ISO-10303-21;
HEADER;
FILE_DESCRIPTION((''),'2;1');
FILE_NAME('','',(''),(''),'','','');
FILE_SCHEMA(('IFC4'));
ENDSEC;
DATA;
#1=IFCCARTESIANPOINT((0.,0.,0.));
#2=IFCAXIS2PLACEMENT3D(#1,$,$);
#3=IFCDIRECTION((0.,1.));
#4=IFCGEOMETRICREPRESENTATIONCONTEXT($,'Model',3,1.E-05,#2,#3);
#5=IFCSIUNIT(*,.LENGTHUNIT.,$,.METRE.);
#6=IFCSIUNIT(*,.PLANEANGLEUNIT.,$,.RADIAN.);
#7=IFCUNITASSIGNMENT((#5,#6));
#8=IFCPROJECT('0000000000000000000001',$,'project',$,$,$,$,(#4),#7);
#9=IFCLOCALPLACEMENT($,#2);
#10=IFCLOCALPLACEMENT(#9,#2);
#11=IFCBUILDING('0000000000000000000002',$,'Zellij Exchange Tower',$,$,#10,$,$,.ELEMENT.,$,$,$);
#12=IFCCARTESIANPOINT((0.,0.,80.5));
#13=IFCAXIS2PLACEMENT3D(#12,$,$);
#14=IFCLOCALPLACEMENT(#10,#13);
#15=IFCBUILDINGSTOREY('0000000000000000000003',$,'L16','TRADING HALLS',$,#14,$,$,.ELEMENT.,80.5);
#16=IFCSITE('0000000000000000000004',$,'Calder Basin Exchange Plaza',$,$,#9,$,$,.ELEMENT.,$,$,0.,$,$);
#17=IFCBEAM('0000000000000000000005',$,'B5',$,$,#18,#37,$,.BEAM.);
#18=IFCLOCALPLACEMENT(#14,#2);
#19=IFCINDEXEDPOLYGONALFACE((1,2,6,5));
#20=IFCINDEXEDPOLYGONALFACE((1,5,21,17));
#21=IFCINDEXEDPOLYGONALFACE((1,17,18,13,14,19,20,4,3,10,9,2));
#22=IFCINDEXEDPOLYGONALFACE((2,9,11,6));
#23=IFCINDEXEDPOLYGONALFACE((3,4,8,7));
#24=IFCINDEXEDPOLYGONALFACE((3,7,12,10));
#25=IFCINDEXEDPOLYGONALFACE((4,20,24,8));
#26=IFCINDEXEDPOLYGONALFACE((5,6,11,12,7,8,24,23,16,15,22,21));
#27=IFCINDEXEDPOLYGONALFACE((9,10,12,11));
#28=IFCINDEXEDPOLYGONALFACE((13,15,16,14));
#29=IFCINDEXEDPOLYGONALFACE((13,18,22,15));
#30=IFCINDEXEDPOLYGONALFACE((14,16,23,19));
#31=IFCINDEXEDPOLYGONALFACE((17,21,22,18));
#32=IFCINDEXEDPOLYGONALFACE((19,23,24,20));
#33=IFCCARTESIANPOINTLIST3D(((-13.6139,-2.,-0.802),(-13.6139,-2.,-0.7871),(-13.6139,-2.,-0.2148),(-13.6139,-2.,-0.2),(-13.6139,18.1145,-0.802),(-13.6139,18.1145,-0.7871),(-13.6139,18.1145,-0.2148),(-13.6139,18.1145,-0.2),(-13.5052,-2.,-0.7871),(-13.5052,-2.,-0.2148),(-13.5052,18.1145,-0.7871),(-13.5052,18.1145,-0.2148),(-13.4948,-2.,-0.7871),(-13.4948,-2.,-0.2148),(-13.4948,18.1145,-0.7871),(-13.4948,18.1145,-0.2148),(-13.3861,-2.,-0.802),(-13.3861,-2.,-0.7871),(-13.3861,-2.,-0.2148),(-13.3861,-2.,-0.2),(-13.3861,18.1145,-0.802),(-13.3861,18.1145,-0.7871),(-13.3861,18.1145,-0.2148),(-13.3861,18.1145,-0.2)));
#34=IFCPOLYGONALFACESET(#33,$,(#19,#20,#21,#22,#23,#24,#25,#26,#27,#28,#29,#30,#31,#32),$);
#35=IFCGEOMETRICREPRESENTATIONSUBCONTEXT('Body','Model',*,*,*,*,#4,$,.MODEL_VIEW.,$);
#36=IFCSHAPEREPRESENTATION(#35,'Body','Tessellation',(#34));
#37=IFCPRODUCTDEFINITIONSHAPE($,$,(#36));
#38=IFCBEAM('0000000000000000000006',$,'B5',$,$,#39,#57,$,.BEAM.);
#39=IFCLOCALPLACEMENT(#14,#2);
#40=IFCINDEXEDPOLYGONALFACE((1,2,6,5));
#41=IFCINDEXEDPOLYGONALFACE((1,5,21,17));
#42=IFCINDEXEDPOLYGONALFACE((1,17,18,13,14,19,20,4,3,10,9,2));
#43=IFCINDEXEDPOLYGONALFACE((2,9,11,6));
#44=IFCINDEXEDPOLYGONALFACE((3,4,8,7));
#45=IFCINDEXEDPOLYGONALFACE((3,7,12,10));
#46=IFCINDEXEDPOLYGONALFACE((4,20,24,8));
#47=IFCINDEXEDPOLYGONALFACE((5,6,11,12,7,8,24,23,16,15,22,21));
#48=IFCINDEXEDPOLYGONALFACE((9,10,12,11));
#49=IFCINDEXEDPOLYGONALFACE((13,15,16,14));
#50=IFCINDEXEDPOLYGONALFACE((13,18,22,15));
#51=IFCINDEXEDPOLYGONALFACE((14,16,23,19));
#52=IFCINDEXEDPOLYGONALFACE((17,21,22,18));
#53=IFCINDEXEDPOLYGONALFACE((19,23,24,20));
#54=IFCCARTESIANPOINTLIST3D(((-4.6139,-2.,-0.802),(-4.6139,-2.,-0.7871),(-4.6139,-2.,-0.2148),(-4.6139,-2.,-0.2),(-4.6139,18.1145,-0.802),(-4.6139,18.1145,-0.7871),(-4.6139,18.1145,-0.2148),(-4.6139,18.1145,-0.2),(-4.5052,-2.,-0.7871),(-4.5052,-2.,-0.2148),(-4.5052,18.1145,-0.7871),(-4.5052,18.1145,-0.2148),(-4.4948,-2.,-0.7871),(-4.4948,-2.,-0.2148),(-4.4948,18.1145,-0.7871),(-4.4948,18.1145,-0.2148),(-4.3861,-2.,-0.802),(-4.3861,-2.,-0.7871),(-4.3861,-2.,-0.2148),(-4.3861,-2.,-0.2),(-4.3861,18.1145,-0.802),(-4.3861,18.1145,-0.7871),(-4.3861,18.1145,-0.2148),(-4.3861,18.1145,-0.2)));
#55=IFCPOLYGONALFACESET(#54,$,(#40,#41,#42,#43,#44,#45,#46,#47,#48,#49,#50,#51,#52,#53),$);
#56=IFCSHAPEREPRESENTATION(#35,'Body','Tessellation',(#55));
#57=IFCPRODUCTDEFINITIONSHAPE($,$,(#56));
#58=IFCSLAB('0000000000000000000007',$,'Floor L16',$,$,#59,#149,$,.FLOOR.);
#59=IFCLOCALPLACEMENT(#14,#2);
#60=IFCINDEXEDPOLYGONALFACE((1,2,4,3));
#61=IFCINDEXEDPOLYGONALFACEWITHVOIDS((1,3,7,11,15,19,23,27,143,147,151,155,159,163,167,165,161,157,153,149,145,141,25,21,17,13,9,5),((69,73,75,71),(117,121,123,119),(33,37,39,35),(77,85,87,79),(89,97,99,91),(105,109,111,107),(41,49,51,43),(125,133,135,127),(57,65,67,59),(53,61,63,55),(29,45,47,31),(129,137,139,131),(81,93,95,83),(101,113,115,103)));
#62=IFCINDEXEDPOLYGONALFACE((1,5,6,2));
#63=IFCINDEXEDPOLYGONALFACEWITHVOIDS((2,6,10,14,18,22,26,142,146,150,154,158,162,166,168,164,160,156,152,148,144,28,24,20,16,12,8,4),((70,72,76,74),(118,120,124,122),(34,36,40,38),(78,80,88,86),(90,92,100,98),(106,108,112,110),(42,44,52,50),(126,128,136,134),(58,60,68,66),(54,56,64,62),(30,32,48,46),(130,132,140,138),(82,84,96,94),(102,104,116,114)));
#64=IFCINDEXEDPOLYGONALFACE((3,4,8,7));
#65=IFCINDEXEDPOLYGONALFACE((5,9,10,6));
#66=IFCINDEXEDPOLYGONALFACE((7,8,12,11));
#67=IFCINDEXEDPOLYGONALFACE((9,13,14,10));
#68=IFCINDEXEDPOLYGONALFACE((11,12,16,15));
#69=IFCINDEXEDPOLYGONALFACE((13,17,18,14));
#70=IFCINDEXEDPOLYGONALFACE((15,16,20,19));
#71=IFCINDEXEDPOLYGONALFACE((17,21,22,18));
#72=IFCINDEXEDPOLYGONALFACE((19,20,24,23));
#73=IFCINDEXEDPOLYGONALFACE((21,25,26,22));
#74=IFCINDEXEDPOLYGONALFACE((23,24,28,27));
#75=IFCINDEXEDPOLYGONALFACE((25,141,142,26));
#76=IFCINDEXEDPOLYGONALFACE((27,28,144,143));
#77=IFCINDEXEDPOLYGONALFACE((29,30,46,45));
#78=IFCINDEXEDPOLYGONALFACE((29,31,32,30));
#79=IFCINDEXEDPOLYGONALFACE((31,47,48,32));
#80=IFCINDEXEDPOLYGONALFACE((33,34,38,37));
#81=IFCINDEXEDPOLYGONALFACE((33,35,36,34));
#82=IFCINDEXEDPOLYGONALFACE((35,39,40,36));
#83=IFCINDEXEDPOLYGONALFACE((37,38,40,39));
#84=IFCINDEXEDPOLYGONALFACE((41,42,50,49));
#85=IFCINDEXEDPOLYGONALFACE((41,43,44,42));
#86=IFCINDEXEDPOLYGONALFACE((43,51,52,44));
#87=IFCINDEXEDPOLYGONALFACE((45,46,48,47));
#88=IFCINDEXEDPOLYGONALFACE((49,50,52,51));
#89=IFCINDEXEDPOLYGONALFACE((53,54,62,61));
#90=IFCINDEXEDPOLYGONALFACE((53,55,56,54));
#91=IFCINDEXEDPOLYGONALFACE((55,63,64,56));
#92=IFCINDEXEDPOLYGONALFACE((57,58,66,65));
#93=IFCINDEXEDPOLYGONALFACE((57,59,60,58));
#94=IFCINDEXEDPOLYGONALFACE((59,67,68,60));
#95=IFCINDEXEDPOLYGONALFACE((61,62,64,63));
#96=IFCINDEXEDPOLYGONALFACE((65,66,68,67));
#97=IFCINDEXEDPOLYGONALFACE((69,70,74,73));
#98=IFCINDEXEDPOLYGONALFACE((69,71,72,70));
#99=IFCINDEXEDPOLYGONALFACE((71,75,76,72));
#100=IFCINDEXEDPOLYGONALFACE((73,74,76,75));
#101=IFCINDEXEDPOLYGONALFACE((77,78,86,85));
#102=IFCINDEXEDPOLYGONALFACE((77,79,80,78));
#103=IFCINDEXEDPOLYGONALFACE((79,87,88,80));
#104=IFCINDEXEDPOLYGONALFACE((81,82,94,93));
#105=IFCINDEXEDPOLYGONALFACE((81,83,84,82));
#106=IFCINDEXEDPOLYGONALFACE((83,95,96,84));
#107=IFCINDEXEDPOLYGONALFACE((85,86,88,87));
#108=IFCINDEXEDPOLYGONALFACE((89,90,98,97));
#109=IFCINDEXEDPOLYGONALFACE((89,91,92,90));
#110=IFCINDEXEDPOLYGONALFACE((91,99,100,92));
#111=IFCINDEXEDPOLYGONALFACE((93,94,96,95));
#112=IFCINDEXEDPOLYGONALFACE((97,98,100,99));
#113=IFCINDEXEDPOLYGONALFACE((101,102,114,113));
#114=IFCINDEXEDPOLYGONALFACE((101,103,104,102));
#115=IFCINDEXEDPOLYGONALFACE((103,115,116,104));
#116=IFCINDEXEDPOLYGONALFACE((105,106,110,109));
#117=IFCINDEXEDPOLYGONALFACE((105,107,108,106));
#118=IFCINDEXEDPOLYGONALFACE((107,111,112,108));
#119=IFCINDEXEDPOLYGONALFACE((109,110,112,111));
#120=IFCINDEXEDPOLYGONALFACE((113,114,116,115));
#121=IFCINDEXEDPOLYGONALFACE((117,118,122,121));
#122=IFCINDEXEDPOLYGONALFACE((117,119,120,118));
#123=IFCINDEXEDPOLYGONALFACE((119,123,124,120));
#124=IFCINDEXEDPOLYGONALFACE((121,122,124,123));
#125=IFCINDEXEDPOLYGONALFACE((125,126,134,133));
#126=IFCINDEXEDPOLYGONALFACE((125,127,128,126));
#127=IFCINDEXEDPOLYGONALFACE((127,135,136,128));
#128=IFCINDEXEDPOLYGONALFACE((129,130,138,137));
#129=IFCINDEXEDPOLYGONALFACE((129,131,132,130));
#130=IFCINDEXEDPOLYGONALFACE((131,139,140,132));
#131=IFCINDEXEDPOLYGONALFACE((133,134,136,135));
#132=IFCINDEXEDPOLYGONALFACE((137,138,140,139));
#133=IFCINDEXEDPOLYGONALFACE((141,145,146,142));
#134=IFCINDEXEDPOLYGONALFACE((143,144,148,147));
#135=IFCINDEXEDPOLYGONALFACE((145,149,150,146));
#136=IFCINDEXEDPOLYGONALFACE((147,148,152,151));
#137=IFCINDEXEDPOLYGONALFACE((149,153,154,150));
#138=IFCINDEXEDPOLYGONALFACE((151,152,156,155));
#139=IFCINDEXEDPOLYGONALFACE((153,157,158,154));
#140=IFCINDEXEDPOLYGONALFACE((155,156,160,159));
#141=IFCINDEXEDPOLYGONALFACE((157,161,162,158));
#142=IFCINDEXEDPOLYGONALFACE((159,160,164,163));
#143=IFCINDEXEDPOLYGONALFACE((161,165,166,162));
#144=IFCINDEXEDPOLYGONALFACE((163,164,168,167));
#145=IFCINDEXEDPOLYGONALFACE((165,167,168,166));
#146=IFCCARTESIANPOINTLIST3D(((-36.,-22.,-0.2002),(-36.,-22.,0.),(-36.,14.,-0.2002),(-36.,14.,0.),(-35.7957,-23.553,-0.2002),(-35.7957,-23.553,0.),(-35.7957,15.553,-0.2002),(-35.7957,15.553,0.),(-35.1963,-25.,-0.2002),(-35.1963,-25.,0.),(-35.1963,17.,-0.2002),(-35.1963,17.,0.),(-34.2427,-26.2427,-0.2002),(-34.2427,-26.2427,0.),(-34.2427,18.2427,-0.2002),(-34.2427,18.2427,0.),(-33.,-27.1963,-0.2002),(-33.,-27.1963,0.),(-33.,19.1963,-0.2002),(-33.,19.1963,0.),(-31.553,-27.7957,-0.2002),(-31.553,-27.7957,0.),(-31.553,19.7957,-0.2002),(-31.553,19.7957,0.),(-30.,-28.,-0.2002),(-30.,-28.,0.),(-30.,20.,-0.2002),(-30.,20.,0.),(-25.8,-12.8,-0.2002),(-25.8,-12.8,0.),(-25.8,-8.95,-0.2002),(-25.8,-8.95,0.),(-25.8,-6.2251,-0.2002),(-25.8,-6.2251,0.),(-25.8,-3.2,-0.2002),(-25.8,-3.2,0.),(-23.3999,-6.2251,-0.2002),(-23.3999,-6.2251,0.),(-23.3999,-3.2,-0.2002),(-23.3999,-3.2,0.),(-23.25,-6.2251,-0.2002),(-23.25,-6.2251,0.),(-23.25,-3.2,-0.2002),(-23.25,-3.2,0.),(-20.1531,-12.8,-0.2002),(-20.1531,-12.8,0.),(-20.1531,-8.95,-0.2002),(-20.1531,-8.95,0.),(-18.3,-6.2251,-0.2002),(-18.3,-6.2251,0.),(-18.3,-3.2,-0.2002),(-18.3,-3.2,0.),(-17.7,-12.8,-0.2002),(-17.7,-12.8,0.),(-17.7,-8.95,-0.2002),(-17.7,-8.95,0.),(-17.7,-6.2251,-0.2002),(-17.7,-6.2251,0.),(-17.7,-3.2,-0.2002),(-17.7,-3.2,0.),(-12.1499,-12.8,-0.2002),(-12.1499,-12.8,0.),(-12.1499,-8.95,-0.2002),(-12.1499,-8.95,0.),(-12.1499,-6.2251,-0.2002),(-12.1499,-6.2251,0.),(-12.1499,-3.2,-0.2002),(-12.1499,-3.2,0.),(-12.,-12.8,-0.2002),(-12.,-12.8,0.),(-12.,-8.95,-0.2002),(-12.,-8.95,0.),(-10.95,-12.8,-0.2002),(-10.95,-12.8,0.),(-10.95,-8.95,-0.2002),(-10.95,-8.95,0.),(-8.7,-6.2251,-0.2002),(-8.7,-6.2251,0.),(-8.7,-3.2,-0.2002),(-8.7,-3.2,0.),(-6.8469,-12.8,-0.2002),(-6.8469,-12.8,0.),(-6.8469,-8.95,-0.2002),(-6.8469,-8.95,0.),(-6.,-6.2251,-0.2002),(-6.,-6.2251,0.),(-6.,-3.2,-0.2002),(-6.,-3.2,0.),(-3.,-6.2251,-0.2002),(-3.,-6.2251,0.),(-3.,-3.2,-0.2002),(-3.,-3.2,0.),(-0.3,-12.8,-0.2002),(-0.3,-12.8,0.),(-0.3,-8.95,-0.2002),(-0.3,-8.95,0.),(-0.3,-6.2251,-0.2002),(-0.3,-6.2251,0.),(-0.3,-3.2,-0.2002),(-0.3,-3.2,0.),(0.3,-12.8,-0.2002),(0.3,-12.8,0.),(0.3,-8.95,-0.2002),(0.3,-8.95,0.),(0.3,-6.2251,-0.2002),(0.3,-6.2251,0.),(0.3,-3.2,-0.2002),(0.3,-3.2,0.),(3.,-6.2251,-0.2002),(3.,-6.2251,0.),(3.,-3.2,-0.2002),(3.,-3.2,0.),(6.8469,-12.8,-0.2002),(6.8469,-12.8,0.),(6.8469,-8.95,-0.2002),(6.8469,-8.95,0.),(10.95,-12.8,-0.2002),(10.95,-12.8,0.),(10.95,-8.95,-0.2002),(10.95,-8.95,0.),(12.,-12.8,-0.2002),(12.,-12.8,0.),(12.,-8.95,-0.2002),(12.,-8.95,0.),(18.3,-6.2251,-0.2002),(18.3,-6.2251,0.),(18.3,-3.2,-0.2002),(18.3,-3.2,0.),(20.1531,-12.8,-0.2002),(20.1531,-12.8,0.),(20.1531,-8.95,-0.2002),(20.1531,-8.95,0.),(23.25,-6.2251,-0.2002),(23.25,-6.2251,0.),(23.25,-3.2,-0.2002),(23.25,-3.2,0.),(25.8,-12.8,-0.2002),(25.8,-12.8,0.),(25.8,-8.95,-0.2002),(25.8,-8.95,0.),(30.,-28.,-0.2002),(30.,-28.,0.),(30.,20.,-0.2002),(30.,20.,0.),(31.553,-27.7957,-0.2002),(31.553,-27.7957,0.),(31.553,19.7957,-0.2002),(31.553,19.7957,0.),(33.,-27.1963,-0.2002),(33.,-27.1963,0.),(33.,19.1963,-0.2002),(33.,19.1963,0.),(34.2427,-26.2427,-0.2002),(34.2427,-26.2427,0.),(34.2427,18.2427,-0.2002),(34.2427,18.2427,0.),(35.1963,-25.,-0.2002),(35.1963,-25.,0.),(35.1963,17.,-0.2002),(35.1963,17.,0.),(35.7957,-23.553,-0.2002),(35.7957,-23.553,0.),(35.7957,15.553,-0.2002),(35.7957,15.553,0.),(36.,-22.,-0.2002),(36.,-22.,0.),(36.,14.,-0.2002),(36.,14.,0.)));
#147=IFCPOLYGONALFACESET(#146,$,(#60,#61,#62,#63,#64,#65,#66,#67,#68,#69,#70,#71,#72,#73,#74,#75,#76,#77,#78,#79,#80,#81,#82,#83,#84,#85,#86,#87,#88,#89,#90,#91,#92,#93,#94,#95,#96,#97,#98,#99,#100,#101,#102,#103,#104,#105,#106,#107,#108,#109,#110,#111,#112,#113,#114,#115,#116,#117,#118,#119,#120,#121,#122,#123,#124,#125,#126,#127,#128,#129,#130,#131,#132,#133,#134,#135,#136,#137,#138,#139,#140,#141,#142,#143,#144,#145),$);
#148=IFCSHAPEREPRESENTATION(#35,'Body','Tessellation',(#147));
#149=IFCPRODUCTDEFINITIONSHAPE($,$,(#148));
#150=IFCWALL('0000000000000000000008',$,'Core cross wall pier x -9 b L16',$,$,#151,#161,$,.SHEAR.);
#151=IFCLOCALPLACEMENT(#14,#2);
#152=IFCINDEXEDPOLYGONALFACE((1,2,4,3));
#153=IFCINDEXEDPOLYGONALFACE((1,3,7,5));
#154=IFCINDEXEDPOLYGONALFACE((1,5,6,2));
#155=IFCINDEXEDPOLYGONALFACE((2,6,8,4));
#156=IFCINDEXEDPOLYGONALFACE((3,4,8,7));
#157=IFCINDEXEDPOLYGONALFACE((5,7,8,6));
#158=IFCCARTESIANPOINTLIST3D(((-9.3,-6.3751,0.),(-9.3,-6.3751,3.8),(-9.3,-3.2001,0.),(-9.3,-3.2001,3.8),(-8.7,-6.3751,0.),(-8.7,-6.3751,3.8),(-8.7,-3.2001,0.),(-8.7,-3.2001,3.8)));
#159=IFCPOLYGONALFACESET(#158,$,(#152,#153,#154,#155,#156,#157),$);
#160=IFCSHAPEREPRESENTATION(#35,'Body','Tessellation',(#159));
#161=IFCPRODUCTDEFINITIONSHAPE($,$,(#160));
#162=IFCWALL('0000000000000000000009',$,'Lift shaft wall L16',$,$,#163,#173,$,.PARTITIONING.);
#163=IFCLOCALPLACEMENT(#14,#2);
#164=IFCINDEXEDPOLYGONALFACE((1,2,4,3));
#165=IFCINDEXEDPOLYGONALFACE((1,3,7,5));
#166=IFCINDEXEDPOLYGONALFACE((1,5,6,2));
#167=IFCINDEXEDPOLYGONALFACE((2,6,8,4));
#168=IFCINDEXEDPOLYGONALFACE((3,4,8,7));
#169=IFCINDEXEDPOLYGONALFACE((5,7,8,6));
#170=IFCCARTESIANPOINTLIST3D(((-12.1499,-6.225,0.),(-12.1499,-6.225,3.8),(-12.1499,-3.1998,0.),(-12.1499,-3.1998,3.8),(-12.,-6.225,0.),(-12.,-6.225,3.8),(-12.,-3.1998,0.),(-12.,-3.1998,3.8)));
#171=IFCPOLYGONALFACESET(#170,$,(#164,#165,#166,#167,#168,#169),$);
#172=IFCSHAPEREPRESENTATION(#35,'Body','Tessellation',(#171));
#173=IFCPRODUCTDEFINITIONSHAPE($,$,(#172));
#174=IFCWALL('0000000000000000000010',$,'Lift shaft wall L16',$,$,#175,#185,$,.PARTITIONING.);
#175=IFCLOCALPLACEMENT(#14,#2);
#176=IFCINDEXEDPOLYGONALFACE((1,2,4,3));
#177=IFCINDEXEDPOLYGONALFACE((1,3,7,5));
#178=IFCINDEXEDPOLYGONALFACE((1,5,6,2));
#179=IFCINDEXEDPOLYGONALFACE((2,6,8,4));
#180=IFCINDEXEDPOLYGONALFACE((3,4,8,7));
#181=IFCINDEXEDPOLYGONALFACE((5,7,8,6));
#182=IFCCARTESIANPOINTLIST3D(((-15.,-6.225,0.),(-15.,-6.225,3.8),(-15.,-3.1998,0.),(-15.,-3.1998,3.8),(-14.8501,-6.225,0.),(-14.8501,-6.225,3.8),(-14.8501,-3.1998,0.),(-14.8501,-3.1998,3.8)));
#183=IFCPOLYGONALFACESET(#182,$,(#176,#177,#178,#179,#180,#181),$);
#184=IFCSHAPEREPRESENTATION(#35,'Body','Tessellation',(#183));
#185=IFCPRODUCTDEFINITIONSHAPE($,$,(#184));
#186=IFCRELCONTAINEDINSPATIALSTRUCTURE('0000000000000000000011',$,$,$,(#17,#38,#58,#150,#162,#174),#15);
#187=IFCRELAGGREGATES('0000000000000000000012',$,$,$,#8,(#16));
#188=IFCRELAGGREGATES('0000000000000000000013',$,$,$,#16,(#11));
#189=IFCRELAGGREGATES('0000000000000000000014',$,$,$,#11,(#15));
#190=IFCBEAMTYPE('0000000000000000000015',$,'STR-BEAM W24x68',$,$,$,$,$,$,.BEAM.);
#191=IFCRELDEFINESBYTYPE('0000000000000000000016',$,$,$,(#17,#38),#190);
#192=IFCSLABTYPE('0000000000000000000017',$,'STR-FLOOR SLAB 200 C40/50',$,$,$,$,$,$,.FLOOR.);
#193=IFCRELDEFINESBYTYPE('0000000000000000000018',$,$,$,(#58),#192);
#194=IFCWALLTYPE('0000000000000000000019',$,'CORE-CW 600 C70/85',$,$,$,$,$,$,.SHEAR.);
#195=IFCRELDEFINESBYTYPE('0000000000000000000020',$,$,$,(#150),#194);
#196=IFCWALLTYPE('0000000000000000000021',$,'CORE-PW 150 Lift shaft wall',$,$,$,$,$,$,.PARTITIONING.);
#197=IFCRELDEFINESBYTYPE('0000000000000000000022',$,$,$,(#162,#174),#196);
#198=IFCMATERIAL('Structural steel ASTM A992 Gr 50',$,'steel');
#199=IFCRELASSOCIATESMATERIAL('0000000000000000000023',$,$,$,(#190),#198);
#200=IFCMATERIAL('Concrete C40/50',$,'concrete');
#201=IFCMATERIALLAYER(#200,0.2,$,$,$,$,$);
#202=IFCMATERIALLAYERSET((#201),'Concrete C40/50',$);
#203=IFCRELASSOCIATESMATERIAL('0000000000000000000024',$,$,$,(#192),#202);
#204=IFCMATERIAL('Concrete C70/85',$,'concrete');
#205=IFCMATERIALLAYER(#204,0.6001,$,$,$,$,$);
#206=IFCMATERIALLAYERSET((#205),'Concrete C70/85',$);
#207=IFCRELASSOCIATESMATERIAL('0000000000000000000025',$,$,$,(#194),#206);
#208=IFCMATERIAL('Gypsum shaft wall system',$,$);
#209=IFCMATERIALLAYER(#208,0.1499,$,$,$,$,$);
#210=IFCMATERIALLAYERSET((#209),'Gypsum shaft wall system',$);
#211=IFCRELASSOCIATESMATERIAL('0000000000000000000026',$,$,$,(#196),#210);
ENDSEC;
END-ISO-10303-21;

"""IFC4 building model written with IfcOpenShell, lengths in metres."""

from ifc_helpers import new_model, si_unit, direction, frame, frame_2d, origin, origin_2d, place, context, subcontext, project, spatial, polyline, rectangle, i_section, outline, extrude, material, layer, layer_set, material_profile, profile_set, type_object, element, save


model = new_model("IFC4")

# Units and contexts
model_context = context("Model", 3, precision=1e-05, world=origin(), true_north=direction((0.0, 1.0)))
body_context = subcontext(model_context, "Body", "Model", "MODEL_VIEW")
ifc_project = project(units=[si_unit("LENGTHUNIT", "METRE"), si_unit("PLANEANGLEUNIT", "RADIAN")], contexts=[model_context])

# Site, building, storey
site_placement = place(None, origin())
site = spatial("IfcSite", under=ifc_project, at=site_placement, Name="Calder Basin Exchange Plaza", CompositionType="ELEMENT", RefElevation=0.0)
building_placement = place(site_placement, origin())
building = spatial("IfcBuilding", under=site, at=building_placement, Name="Zellij Exchange Tower", CompositionType="ELEMENT")
storey_placement = place(building_placement, frame((0.0, 0.0, 80.5)))
storey = spatial("IfcBuildingStorey", under=building, at=storey_placement, Name="L16", Description="TRADING HALLS", CompositionType="ELEMENT", Elevation=80.5)

# Beams
ifc_material_1 = material(Name="Structural steel ASTM A992 Gr 50", Category="steel")
ifc_material_profile = material_profile(ifc_material_1, i_section(OverallWidth=0.2278, OverallDepth=0.6021, WebThickness=0.0105, FlangeThickness=0.0149, at=origin_2d()), Name="W24x68")
ifc_profile_set = profile_set([ifc_material_profile], Name="Structural steel ASTM A992 Gr 50")
beam_type = type_object("IfcBeamType", Name="STR-BEAM W24x68", PredefinedType="BEAM", material=ifc_profile_set)
for number, where, z_axis, x_axis, name in (
    (1, (-13.5, -2.0, -0.501), (0.0, 1.0, 0.0), (-1.0, 0.0, 0.0), "B5"),
    (2, (-4.5, -2.0, -0.501), (0.0, 1.0, 0.0), (-1.0, 0.0, 0.0), "B5"),
):
    element("IfcBeam", number, at=place(storey_placement, frame(where, z_axis=z_axis, x_axis=x_axis)), inside=storey, type_object=beam_type, Name=name, PredefinedType="BEAM", context=body_context, shape_type="SweptSolid", body=[
        extrude(i_section(OverallWidth=0.2278, OverallDepth=0.6021, WebThickness=0.0105, FlangeThickness=0.0149, at=origin_2d()), origin(), (0.0, 0.0, 1.0), 20.1145),
    ])

# Slab
ifc_material_2 = material(Name="Concrete C40/50", Category="concrete")
ifc_layer_1 = layer(ifc_material_2, 0.2)
ifc_layer_set_1 = layer_set([ifc_layer_1], Name="Concrete C40/50")
slab_type = type_object("IfcSlabType", Name="STR-FLOOR SLAB 200 C40/50", PredefinedType="FLOOR", material=ifc_layer_set_1)
slab_placement = place(storey_placement, frame((0.0, 0.0, -0.2002)))
element("IfcSlab", 3, at=slab_placement, inside=storey, type_object=slab_type, Name="Floor L16", PredefinedType="FLOOR", context=body_context, shape_type="SweptSolid", body=[
    extrude(outline(polyline([(-30.0, -28.0), (-31.553, -27.7957), (-33.0, -27.1963), (-34.2427, -26.2427), (-35.1963, -25.0), (-35.7957, -23.553), (-36.0, -22.0), (-36.0, 14.0), (-35.7957, 15.553), (-35.1963, 17.0), (-34.2427, 18.2427), (-33.0, 19.1963), (-31.553, 19.7957), (-30.0, 20.0), (30.0, 20.0), (31.553, 19.7957), (33.0, 19.1963), (34.2427, 18.2427), (35.1963, 17.0), (35.7957, 15.553), (36.0, 14.0), (36.0, -22.0), (35.7957, -23.553), (35.1963, -25.0), (34.2427, -26.2427), (33.0, -27.1963), (31.553, -27.7957), (30.0, -28.0), (-30.0, -28.0)]), holes=[polyline([(-25.8, -8.95), (-25.8, -12.8), (-20.1531, -12.8), (-20.1531, -8.95), (-25.8, -8.95)]), polyline([(-12.1499, -8.95), (-17.7, -8.95), (-17.7, -12.8), (-12.1499, -12.8), (-12.1499, -8.95)]), polyline([(-10.95, -8.95), (-12.0, -8.95), (-12.0, -12.8), (-10.95, -12.8), (-10.95, -8.95)]), polyline([(-23.3999, -3.2), (-25.8, -3.2), (-25.8, -6.2251), (-23.3999, -6.2251), (-23.3999, -3.2)]), polyline([(-18.3, -3.2), (-23.25, -3.2), (-23.25, -6.2251), (-18.3, -6.2251), (-18.3, -3.2)]), polyline([(-12.1499, -3.2), (-17.7, -3.2), (-17.7, -6.2251), (-12.1499, -6.2251), (-12.1499, -3.2)]), polyline([(-6.0, -3.2), (-8.7, -3.2), (-8.7, -6.2251), (-6.0, -6.2251), (-6.0, -3.2)]), polyline([(-6.8469, -8.95), (-6.8469, -12.8), (-0.3, -12.8), (-0.3, -8.95), (-6.8469, -8.95)]), polyline([(6.8469, -8.95), (0.3, -8.95), (0.3, -12.8), (6.8469, -12.8), (6.8469, -8.95)]), polyline([(12.0, -8.95), (10.95, -8.95), (10.95, -12.8), (12.0, -12.8), (12.0, -8.95)]), polyline([(25.8, -8.95), (20.1531, -8.95), (20.1531, -12.8), (25.8, -12.8), (25.8, -8.95)]), polyline([(-0.3, -3.2), (-3.0, -3.2), (-3.0, -6.2251), (-0.3, -6.2251), (-0.3, -3.2)]), polyline([(3.0, -3.2), (0.3, -3.2), (0.3, -6.2251), (3.0, -6.2251), (3.0, -3.2)]), polyline([(23.25, -3.2), (18.3, -3.2), (18.3, -6.2251), (23.25, -6.2251), (23.25, -3.2)])]), origin(), (0.0, 0.0, 1.0), 0.2002),
])

# Walls
ifc_material_3 = material(Name="Concrete C70/85", Category="concrete")
ifc_layer_2 = layer(ifc_material_3, 0.6001)
ifc_layer_set_2 = layer_set([ifc_layer_2], Name="Concrete C70/85")
wall_type_1 = type_object("IfcWallType", Name="CORE-CW 600 C70/85", PredefinedType="SHEAR", material=ifc_layer_set_2)
wall_1_placement = place(storey_placement, frame((-9.0, -6.375, 0.0), z_axis=(0.0, 0.0, 1.0), x_axis=(0.0, 1.0, 0.0)))
element("IfcWall", 4, at=wall_1_placement, inside=storey, type_object=wall_type_1, Name="Core cross wall pier x -9 b L16", PredefinedType="SHEAR", context=body_context, shape_type="SweptSolid", body=[
    extrude(rectangle(XDim=3.175, YDim=0.6001, at=frame_2d((1.5874, 0.0))), origin(), (0.0, 0.0, 1.0), 3.8),
])
ifc_material_4 = material(Name="Gypsum shaft wall system")
ifc_layer_3 = layer(ifc_material_4, 0.1499)
ifc_layer_set_3 = layer_set([ifc_layer_3], Name="Gypsum shaft wall system")
wall_type_2 = type_object("IfcWallType", Name="CORE-PW 150 Lift shaft wall", PredefinedType="PARTITIONING", material=ifc_layer_set_3)
for number, where, z_axis, x_axis, name in (
    (5, (-12.075, -6.2251, 0.0), (0.0, 0.0, 1.0), (0.0, 1.0, 0.0), "Lift shaft wall L16"),
    (6, (-14.925, -6.2251, 0.0), (0.0, 0.0, 1.0), (0.0, 1.0, 0.0), "Lift shaft wall L16"),
):
    element("IfcWall", number, at=place(storey_placement, frame(where, z_axis=z_axis, x_axis=x_axis)), inside=storey, type_object=wall_type_2, Name=name, PredefinedType="PARTITIONING", context=body_context, shape_type="SweptSolid", body=[
        extrude(rectangle(XDim=3.0251, YDim=0.1499, at=frame_2d((1.5127, 0.0))), origin(), (0.0, 0.0, 1.0), 3.8),
    ])

save(model, "model.ifc")
